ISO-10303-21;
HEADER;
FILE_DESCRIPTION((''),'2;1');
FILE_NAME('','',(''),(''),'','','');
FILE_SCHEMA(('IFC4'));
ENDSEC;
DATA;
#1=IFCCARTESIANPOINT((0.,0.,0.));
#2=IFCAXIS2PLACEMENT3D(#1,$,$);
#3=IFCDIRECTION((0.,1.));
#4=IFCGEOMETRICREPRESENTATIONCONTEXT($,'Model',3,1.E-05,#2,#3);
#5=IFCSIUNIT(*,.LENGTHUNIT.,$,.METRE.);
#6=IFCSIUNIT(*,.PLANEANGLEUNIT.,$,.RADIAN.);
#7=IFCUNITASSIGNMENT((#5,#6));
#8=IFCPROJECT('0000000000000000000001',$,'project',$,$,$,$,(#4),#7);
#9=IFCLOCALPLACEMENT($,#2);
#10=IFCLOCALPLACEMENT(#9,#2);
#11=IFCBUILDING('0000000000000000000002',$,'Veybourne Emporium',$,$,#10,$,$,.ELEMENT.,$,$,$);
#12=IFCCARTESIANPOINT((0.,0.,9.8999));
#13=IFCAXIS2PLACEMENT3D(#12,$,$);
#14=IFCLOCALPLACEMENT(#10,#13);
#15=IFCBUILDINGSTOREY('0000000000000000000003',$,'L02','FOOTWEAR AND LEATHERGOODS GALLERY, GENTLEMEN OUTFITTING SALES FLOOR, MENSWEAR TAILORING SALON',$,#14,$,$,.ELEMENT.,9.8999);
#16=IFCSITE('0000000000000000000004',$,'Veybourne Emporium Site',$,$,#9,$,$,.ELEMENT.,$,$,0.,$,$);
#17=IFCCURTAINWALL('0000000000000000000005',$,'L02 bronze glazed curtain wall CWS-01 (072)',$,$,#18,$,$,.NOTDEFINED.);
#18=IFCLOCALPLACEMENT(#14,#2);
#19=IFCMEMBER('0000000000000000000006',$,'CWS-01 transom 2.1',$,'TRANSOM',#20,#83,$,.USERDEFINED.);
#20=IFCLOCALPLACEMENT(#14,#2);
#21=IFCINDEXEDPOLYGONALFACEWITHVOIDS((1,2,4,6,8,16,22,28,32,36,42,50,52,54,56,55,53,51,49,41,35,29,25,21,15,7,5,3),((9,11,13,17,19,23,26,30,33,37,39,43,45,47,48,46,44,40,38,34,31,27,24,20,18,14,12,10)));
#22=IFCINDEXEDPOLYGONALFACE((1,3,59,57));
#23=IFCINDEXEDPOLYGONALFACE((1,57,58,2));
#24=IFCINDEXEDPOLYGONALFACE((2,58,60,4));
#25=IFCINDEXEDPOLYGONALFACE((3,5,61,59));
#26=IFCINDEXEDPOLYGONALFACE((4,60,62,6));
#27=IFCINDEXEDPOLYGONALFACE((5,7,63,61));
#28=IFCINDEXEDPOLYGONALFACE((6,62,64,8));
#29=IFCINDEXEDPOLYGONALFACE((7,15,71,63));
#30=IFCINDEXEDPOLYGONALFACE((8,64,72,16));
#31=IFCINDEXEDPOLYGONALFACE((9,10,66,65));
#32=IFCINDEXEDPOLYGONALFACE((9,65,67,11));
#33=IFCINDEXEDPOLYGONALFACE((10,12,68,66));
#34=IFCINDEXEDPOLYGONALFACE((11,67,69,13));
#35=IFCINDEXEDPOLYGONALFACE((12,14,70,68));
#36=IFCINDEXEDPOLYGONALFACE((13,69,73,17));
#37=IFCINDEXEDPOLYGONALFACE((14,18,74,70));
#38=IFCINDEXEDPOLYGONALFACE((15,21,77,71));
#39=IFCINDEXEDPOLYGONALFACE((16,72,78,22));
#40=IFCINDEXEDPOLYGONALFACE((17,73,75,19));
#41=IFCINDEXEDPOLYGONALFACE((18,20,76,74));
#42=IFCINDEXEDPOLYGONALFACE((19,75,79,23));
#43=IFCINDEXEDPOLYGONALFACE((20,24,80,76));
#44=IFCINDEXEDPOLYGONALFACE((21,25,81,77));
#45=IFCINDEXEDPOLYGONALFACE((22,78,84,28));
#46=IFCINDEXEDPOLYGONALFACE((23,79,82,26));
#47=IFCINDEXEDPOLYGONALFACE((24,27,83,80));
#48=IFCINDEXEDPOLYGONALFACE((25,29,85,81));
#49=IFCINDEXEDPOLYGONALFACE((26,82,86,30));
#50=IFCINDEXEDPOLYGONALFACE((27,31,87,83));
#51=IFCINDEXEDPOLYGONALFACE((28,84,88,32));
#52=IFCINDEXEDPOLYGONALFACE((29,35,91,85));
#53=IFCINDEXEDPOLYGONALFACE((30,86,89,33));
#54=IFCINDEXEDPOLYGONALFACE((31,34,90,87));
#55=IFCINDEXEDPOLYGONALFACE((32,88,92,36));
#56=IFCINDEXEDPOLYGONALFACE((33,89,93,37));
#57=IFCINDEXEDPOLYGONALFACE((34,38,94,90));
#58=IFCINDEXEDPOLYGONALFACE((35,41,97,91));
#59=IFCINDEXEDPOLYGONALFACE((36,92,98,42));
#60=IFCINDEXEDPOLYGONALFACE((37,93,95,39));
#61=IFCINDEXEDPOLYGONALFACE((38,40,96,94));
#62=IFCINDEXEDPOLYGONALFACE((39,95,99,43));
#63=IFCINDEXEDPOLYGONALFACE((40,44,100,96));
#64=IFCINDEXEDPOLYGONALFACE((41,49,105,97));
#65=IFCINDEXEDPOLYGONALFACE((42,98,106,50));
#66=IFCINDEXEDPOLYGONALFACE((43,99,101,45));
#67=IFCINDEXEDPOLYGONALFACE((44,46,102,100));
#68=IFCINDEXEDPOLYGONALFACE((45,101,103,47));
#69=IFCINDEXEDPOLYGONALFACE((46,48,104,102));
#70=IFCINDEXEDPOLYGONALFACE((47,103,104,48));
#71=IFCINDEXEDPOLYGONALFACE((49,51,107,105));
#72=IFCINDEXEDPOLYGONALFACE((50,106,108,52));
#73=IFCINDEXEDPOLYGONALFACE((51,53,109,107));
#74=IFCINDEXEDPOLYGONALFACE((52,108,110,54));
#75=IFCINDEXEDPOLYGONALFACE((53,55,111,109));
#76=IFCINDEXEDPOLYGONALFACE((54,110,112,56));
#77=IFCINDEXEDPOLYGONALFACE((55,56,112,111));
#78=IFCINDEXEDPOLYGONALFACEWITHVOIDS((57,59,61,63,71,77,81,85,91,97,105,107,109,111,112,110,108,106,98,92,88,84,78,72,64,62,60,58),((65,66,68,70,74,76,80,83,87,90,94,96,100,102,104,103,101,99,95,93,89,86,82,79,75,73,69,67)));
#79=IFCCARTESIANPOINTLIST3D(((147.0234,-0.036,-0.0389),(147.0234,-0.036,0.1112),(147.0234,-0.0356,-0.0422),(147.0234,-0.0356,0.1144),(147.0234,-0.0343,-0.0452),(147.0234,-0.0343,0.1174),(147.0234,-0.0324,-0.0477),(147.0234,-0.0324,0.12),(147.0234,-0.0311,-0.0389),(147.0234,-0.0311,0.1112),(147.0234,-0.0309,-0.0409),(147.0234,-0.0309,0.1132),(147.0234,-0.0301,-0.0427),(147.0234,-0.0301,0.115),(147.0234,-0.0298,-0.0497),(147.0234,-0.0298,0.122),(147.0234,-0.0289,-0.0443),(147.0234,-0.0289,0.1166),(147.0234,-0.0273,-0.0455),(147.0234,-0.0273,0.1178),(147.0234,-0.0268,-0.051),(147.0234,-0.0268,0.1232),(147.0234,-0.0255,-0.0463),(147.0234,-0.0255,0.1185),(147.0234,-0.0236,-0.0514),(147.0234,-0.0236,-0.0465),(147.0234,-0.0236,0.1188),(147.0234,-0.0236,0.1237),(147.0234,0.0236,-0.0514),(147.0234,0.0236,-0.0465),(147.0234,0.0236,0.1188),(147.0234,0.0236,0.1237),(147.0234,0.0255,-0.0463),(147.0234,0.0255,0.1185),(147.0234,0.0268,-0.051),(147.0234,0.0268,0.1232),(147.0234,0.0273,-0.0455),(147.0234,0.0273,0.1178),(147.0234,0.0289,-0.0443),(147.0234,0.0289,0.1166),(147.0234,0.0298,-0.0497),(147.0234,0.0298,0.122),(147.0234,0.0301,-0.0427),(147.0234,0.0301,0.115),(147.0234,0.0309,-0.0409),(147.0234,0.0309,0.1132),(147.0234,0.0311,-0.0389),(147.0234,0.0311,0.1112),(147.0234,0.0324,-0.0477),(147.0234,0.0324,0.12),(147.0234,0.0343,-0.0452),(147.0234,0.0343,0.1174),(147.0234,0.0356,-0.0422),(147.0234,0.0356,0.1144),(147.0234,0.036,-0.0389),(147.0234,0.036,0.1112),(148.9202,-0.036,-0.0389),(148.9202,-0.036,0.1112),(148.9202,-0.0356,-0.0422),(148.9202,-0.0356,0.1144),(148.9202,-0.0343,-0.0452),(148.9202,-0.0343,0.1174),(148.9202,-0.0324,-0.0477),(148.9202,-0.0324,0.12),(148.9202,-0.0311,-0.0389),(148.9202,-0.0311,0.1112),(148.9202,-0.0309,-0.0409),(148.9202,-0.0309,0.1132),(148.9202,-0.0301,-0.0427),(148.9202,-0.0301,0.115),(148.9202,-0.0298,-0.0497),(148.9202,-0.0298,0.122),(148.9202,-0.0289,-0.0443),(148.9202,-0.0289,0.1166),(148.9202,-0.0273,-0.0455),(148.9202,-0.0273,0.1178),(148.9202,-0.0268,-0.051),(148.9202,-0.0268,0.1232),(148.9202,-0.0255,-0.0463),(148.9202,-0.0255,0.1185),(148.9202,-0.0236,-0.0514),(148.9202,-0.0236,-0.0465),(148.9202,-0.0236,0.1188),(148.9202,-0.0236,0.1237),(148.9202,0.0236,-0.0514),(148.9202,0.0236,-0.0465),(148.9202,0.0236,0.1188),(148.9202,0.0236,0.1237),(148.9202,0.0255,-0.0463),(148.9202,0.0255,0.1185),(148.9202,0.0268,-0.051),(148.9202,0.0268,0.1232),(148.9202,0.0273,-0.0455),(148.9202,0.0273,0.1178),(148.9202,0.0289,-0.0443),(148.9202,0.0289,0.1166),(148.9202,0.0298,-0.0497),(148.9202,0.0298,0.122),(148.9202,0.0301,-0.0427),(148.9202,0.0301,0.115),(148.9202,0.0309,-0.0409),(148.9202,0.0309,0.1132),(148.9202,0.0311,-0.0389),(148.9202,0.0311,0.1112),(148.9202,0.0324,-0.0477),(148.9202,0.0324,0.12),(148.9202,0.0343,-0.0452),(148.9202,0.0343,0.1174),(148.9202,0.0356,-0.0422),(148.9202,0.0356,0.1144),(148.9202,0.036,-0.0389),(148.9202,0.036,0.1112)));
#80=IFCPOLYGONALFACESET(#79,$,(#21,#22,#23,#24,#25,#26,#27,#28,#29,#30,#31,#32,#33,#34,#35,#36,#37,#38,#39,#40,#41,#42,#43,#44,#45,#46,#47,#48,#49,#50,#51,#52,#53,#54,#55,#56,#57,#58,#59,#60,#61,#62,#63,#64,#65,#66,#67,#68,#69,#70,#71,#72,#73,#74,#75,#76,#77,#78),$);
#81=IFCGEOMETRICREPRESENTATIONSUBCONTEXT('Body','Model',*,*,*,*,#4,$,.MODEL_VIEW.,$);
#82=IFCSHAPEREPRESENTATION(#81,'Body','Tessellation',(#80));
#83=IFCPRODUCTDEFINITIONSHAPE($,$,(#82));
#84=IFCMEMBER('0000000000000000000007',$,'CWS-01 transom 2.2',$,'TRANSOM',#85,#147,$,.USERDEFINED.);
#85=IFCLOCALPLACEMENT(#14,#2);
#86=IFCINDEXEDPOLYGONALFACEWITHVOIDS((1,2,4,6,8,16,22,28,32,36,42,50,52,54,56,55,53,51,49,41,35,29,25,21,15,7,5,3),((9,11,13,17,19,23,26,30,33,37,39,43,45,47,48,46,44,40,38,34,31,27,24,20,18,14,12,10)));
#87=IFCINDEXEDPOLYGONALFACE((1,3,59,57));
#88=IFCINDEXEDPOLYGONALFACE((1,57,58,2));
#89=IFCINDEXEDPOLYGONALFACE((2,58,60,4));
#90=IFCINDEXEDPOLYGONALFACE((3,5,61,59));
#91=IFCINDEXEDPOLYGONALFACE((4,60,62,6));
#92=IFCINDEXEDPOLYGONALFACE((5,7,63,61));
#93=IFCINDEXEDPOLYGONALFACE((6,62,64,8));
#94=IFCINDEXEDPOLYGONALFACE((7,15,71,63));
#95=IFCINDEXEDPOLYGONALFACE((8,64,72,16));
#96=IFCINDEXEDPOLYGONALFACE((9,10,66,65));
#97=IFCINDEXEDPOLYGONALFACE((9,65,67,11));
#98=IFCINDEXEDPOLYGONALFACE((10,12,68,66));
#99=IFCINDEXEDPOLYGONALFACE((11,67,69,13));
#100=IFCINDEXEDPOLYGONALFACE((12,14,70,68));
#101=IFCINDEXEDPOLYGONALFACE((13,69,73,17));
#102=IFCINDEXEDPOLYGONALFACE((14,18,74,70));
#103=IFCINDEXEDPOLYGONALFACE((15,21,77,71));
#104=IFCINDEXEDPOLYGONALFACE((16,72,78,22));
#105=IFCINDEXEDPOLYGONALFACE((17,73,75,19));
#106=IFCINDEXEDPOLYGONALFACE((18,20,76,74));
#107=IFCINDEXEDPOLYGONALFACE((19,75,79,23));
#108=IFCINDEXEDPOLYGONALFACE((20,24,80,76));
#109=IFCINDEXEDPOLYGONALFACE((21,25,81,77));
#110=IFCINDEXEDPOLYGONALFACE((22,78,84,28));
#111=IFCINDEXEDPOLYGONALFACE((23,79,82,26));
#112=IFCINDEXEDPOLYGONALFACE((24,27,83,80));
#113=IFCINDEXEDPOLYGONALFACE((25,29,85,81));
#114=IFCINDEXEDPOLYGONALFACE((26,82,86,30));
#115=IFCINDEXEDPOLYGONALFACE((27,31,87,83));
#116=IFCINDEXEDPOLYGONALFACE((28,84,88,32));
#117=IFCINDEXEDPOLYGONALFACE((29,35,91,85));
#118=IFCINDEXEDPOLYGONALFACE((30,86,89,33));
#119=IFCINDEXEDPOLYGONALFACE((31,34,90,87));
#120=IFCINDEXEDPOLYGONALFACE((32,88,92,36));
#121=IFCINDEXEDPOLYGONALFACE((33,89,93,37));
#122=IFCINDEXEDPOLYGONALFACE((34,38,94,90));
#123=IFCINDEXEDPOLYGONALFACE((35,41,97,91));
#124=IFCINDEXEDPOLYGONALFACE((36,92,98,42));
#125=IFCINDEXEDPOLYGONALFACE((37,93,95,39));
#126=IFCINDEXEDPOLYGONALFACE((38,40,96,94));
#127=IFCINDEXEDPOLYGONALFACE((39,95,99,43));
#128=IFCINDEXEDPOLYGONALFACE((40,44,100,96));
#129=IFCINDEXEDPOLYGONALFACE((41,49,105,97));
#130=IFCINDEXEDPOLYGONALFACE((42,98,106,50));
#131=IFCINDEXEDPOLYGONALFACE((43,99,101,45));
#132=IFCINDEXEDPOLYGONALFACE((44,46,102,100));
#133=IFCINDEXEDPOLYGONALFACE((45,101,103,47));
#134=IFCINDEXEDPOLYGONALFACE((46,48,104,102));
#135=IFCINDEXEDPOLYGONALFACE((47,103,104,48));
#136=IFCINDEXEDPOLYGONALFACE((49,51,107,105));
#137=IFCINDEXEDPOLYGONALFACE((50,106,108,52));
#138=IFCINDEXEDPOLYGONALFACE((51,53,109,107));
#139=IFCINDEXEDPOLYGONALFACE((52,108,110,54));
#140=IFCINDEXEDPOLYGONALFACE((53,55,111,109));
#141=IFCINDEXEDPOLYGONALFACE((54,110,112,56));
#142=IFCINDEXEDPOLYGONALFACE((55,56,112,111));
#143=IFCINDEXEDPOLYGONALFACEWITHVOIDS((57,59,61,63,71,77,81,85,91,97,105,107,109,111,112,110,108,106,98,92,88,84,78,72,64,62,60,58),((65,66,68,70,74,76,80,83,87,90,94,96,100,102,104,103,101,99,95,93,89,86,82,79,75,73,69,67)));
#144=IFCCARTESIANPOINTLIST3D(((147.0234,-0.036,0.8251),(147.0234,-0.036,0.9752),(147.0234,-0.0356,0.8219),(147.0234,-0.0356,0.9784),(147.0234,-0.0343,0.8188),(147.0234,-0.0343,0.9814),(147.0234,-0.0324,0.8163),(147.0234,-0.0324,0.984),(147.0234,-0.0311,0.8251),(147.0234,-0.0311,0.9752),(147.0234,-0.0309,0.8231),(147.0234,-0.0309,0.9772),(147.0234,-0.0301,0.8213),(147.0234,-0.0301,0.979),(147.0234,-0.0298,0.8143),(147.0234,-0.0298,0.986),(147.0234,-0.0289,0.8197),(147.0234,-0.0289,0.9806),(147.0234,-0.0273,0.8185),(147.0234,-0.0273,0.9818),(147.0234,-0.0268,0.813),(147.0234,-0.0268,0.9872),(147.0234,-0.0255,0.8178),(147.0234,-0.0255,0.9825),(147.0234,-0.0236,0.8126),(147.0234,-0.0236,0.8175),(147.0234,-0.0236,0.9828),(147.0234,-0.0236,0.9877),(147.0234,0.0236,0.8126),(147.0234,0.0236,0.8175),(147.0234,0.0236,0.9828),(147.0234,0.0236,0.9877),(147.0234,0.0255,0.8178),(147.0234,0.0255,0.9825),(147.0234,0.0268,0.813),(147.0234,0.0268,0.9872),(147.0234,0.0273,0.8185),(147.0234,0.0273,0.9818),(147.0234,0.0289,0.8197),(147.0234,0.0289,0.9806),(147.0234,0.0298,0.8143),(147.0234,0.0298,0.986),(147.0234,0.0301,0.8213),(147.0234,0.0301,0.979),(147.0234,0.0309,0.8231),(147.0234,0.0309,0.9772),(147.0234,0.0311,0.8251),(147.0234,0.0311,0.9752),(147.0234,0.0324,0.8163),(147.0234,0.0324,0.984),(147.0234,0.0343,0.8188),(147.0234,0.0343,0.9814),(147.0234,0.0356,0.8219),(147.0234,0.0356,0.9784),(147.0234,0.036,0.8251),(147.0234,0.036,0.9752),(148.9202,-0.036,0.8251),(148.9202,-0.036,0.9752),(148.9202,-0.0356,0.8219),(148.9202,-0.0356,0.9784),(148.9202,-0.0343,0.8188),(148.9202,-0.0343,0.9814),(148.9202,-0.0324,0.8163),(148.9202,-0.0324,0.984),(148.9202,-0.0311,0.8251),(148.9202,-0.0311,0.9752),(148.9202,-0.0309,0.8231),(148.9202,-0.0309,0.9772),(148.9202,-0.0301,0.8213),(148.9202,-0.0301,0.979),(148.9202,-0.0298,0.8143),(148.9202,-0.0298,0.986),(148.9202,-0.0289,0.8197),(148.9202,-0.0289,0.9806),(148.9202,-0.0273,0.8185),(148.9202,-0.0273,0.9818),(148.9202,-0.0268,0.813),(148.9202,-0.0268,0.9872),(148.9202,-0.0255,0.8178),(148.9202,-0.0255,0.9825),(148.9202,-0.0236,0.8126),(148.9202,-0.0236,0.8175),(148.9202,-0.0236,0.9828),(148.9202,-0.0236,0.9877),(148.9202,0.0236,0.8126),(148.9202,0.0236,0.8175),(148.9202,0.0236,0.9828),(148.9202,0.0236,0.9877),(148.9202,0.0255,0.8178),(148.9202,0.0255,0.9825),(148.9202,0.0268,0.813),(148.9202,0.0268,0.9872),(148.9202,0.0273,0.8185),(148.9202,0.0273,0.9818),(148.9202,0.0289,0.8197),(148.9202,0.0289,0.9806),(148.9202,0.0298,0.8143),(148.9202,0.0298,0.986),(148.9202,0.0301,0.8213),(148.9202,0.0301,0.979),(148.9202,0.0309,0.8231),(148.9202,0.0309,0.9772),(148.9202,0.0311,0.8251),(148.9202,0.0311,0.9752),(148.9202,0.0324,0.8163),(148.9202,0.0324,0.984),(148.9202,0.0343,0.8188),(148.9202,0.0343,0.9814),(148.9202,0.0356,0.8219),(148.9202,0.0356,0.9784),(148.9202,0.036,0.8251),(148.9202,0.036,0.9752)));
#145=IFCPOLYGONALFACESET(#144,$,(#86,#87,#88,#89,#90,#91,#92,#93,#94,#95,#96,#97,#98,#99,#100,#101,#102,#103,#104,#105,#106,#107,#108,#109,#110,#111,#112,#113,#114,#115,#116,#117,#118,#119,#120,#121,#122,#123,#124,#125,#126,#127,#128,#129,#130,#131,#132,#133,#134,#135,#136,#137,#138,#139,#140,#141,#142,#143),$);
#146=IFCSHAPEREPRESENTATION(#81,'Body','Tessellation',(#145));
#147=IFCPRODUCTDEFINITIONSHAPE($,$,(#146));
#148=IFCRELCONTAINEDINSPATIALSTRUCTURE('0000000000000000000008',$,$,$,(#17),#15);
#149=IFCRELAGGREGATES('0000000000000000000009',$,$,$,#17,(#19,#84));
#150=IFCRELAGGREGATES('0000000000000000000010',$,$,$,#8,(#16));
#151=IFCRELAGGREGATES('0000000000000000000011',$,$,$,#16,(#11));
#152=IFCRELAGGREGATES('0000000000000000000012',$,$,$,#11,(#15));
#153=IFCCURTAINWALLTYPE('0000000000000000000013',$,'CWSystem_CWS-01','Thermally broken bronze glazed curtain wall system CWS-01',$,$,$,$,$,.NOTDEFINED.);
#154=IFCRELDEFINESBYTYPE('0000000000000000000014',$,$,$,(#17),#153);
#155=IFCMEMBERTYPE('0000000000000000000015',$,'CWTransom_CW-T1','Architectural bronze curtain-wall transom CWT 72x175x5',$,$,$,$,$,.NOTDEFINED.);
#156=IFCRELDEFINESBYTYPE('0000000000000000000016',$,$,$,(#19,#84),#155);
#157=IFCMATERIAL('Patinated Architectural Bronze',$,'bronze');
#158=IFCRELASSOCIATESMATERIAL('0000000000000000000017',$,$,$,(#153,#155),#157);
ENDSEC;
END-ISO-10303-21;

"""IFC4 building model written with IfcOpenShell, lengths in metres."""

from ifc_helpers import new_model, si_unit, direction, frame, origin, origin_2d, place, context, subcontext, project, spatial, hollow_rectangle, extrude, material, material_profile, profile_set, type_object, element, aggregate, save


model = new_model("IFC4")

# Units and contexts
model_context = context("Model", 3, precision=1e-05, world=origin(), true_north=direction((0.0, 1.0)))
body_context = subcontext(model_context, "Body", "Model", "MODEL_VIEW")
ifc_project = project(units=[si_unit("LENGTHUNIT", "METRE"), si_unit("PLANEANGLEUNIT", "RADIAN")], contexts=[model_context])

# Site, building, storey
site_placement = place(None, origin())
site = spatial("IfcSite", under=ifc_project, at=site_placement, Name="Veybourne Emporium Site", CompositionType="ELEMENT", RefElevation=0.0)
building_placement = place(site_placement, origin())
building = spatial("IfcBuilding", under=site, at=building_placement, Name="Veybourne Emporium", CompositionType="ELEMENT")
storey_placement = place(building_placement, frame((0.0, 0.0, 9.8999)))
storey = spatial("IfcBuildingStorey", under=building, at=storey_placement, Name="L02", Description="FOOTWEAR AND LEATHERGOODS GALLERY, GENTLEMEN OUTFITTING SALES FLOOR, MENSWEAR TAILORING SALON", CompositionType="ELEMENT", Elevation=9.8999)

# Curtain wall
ifc_material_1 = material(Name="Patinated Architectural Bronze", Category="bronze")
curtain_wall_type_1 = type_object("IfcCurtainWallType", Name="CWSystem_CWS-01", Description="Thermally broken bronze glazed curtain wall system CWS-01", PredefinedType="NOTDEFINED", material=ifc_material_1)
curtain_wall_1_placement = place(storey_placement, origin())
curtain_wall_1 = element("IfcCurtainWall", 1, at=curtain_wall_1_placement, inside=storey, type_object=curtain_wall_type_1, Name="L02 bronze glazed curtain wall CWS-01 (072)", PredefinedType="NOTDEFINED")

# Members
ifc_material_profile_1 = material_profile(ifc_material_1, hollow_rectangle(XDim=0.072, YDim=0.175, WallThickness=0.0049, InnerFilletRadius=0.0076, OuterFilletRadius=0.0125, at=origin_2d()), Name="CWT 72x175x5")
ifc_profile_set_1 = profile_set([ifc_material_profile_1], Name="Patinated Architectural Bronze")
member_type_1 = type_object("IfcMemberType", Name="CWTransom_CW-T1", Description="Architectural bronze curtain-wall transom CWT 72x175x5", PredefinedType="NOTDEFINED", material=ifc_profile_set_1)
member_1_placement = place(storey_placement, frame((148.9202, 0.0, 0.0361), z_axis=(-1.0, 0.0, 0.0), x_axis=(0.0, -1.0, 0.0)))
member_1 = element("IfcMember", 2, at=member_1_placement, type_object=member_type_1, Name="CWS-01 transom 2.1", ObjectType="TRANSOM", PredefinedType="USERDEFINED", context=body_context, shape_type="SweptSolid", body=[
    extrude(hollow_rectangle(XDim=0.072, YDim=0.175, WallThickness=0.0049, InnerFilletRadius=0.0076, OuterFilletRadius=0.0125, at=origin_2d()), origin(), (0.0, 0.0, 1.0), 1.8967),
])
member_2_placement = place(storey_placement, frame((148.9202, 0.0, 0.9001), z_axis=(-1.0, 0.0, 0.0), x_axis=(0.0, -1.0, 0.0)))
member_2 = element("IfcMember", 3, at=member_2_placement, type_object=member_type_1, Name="CWS-01 transom 2.2", ObjectType="TRANSOM", PredefinedType="USERDEFINED", context=body_context, shape_type="SweptSolid", body=[
    extrude(hollow_rectangle(XDim=0.072, YDim=0.175, WallThickness=0.0049, InnerFilletRadius=0.0076, OuterFilletRadius=0.0125, at=origin_2d()), origin(), (0.0, 0.0, 1.0), 1.8967),
])

aggregate(curtain_wall_1, [member_1, member_2])

save(model, "model.ifc")
